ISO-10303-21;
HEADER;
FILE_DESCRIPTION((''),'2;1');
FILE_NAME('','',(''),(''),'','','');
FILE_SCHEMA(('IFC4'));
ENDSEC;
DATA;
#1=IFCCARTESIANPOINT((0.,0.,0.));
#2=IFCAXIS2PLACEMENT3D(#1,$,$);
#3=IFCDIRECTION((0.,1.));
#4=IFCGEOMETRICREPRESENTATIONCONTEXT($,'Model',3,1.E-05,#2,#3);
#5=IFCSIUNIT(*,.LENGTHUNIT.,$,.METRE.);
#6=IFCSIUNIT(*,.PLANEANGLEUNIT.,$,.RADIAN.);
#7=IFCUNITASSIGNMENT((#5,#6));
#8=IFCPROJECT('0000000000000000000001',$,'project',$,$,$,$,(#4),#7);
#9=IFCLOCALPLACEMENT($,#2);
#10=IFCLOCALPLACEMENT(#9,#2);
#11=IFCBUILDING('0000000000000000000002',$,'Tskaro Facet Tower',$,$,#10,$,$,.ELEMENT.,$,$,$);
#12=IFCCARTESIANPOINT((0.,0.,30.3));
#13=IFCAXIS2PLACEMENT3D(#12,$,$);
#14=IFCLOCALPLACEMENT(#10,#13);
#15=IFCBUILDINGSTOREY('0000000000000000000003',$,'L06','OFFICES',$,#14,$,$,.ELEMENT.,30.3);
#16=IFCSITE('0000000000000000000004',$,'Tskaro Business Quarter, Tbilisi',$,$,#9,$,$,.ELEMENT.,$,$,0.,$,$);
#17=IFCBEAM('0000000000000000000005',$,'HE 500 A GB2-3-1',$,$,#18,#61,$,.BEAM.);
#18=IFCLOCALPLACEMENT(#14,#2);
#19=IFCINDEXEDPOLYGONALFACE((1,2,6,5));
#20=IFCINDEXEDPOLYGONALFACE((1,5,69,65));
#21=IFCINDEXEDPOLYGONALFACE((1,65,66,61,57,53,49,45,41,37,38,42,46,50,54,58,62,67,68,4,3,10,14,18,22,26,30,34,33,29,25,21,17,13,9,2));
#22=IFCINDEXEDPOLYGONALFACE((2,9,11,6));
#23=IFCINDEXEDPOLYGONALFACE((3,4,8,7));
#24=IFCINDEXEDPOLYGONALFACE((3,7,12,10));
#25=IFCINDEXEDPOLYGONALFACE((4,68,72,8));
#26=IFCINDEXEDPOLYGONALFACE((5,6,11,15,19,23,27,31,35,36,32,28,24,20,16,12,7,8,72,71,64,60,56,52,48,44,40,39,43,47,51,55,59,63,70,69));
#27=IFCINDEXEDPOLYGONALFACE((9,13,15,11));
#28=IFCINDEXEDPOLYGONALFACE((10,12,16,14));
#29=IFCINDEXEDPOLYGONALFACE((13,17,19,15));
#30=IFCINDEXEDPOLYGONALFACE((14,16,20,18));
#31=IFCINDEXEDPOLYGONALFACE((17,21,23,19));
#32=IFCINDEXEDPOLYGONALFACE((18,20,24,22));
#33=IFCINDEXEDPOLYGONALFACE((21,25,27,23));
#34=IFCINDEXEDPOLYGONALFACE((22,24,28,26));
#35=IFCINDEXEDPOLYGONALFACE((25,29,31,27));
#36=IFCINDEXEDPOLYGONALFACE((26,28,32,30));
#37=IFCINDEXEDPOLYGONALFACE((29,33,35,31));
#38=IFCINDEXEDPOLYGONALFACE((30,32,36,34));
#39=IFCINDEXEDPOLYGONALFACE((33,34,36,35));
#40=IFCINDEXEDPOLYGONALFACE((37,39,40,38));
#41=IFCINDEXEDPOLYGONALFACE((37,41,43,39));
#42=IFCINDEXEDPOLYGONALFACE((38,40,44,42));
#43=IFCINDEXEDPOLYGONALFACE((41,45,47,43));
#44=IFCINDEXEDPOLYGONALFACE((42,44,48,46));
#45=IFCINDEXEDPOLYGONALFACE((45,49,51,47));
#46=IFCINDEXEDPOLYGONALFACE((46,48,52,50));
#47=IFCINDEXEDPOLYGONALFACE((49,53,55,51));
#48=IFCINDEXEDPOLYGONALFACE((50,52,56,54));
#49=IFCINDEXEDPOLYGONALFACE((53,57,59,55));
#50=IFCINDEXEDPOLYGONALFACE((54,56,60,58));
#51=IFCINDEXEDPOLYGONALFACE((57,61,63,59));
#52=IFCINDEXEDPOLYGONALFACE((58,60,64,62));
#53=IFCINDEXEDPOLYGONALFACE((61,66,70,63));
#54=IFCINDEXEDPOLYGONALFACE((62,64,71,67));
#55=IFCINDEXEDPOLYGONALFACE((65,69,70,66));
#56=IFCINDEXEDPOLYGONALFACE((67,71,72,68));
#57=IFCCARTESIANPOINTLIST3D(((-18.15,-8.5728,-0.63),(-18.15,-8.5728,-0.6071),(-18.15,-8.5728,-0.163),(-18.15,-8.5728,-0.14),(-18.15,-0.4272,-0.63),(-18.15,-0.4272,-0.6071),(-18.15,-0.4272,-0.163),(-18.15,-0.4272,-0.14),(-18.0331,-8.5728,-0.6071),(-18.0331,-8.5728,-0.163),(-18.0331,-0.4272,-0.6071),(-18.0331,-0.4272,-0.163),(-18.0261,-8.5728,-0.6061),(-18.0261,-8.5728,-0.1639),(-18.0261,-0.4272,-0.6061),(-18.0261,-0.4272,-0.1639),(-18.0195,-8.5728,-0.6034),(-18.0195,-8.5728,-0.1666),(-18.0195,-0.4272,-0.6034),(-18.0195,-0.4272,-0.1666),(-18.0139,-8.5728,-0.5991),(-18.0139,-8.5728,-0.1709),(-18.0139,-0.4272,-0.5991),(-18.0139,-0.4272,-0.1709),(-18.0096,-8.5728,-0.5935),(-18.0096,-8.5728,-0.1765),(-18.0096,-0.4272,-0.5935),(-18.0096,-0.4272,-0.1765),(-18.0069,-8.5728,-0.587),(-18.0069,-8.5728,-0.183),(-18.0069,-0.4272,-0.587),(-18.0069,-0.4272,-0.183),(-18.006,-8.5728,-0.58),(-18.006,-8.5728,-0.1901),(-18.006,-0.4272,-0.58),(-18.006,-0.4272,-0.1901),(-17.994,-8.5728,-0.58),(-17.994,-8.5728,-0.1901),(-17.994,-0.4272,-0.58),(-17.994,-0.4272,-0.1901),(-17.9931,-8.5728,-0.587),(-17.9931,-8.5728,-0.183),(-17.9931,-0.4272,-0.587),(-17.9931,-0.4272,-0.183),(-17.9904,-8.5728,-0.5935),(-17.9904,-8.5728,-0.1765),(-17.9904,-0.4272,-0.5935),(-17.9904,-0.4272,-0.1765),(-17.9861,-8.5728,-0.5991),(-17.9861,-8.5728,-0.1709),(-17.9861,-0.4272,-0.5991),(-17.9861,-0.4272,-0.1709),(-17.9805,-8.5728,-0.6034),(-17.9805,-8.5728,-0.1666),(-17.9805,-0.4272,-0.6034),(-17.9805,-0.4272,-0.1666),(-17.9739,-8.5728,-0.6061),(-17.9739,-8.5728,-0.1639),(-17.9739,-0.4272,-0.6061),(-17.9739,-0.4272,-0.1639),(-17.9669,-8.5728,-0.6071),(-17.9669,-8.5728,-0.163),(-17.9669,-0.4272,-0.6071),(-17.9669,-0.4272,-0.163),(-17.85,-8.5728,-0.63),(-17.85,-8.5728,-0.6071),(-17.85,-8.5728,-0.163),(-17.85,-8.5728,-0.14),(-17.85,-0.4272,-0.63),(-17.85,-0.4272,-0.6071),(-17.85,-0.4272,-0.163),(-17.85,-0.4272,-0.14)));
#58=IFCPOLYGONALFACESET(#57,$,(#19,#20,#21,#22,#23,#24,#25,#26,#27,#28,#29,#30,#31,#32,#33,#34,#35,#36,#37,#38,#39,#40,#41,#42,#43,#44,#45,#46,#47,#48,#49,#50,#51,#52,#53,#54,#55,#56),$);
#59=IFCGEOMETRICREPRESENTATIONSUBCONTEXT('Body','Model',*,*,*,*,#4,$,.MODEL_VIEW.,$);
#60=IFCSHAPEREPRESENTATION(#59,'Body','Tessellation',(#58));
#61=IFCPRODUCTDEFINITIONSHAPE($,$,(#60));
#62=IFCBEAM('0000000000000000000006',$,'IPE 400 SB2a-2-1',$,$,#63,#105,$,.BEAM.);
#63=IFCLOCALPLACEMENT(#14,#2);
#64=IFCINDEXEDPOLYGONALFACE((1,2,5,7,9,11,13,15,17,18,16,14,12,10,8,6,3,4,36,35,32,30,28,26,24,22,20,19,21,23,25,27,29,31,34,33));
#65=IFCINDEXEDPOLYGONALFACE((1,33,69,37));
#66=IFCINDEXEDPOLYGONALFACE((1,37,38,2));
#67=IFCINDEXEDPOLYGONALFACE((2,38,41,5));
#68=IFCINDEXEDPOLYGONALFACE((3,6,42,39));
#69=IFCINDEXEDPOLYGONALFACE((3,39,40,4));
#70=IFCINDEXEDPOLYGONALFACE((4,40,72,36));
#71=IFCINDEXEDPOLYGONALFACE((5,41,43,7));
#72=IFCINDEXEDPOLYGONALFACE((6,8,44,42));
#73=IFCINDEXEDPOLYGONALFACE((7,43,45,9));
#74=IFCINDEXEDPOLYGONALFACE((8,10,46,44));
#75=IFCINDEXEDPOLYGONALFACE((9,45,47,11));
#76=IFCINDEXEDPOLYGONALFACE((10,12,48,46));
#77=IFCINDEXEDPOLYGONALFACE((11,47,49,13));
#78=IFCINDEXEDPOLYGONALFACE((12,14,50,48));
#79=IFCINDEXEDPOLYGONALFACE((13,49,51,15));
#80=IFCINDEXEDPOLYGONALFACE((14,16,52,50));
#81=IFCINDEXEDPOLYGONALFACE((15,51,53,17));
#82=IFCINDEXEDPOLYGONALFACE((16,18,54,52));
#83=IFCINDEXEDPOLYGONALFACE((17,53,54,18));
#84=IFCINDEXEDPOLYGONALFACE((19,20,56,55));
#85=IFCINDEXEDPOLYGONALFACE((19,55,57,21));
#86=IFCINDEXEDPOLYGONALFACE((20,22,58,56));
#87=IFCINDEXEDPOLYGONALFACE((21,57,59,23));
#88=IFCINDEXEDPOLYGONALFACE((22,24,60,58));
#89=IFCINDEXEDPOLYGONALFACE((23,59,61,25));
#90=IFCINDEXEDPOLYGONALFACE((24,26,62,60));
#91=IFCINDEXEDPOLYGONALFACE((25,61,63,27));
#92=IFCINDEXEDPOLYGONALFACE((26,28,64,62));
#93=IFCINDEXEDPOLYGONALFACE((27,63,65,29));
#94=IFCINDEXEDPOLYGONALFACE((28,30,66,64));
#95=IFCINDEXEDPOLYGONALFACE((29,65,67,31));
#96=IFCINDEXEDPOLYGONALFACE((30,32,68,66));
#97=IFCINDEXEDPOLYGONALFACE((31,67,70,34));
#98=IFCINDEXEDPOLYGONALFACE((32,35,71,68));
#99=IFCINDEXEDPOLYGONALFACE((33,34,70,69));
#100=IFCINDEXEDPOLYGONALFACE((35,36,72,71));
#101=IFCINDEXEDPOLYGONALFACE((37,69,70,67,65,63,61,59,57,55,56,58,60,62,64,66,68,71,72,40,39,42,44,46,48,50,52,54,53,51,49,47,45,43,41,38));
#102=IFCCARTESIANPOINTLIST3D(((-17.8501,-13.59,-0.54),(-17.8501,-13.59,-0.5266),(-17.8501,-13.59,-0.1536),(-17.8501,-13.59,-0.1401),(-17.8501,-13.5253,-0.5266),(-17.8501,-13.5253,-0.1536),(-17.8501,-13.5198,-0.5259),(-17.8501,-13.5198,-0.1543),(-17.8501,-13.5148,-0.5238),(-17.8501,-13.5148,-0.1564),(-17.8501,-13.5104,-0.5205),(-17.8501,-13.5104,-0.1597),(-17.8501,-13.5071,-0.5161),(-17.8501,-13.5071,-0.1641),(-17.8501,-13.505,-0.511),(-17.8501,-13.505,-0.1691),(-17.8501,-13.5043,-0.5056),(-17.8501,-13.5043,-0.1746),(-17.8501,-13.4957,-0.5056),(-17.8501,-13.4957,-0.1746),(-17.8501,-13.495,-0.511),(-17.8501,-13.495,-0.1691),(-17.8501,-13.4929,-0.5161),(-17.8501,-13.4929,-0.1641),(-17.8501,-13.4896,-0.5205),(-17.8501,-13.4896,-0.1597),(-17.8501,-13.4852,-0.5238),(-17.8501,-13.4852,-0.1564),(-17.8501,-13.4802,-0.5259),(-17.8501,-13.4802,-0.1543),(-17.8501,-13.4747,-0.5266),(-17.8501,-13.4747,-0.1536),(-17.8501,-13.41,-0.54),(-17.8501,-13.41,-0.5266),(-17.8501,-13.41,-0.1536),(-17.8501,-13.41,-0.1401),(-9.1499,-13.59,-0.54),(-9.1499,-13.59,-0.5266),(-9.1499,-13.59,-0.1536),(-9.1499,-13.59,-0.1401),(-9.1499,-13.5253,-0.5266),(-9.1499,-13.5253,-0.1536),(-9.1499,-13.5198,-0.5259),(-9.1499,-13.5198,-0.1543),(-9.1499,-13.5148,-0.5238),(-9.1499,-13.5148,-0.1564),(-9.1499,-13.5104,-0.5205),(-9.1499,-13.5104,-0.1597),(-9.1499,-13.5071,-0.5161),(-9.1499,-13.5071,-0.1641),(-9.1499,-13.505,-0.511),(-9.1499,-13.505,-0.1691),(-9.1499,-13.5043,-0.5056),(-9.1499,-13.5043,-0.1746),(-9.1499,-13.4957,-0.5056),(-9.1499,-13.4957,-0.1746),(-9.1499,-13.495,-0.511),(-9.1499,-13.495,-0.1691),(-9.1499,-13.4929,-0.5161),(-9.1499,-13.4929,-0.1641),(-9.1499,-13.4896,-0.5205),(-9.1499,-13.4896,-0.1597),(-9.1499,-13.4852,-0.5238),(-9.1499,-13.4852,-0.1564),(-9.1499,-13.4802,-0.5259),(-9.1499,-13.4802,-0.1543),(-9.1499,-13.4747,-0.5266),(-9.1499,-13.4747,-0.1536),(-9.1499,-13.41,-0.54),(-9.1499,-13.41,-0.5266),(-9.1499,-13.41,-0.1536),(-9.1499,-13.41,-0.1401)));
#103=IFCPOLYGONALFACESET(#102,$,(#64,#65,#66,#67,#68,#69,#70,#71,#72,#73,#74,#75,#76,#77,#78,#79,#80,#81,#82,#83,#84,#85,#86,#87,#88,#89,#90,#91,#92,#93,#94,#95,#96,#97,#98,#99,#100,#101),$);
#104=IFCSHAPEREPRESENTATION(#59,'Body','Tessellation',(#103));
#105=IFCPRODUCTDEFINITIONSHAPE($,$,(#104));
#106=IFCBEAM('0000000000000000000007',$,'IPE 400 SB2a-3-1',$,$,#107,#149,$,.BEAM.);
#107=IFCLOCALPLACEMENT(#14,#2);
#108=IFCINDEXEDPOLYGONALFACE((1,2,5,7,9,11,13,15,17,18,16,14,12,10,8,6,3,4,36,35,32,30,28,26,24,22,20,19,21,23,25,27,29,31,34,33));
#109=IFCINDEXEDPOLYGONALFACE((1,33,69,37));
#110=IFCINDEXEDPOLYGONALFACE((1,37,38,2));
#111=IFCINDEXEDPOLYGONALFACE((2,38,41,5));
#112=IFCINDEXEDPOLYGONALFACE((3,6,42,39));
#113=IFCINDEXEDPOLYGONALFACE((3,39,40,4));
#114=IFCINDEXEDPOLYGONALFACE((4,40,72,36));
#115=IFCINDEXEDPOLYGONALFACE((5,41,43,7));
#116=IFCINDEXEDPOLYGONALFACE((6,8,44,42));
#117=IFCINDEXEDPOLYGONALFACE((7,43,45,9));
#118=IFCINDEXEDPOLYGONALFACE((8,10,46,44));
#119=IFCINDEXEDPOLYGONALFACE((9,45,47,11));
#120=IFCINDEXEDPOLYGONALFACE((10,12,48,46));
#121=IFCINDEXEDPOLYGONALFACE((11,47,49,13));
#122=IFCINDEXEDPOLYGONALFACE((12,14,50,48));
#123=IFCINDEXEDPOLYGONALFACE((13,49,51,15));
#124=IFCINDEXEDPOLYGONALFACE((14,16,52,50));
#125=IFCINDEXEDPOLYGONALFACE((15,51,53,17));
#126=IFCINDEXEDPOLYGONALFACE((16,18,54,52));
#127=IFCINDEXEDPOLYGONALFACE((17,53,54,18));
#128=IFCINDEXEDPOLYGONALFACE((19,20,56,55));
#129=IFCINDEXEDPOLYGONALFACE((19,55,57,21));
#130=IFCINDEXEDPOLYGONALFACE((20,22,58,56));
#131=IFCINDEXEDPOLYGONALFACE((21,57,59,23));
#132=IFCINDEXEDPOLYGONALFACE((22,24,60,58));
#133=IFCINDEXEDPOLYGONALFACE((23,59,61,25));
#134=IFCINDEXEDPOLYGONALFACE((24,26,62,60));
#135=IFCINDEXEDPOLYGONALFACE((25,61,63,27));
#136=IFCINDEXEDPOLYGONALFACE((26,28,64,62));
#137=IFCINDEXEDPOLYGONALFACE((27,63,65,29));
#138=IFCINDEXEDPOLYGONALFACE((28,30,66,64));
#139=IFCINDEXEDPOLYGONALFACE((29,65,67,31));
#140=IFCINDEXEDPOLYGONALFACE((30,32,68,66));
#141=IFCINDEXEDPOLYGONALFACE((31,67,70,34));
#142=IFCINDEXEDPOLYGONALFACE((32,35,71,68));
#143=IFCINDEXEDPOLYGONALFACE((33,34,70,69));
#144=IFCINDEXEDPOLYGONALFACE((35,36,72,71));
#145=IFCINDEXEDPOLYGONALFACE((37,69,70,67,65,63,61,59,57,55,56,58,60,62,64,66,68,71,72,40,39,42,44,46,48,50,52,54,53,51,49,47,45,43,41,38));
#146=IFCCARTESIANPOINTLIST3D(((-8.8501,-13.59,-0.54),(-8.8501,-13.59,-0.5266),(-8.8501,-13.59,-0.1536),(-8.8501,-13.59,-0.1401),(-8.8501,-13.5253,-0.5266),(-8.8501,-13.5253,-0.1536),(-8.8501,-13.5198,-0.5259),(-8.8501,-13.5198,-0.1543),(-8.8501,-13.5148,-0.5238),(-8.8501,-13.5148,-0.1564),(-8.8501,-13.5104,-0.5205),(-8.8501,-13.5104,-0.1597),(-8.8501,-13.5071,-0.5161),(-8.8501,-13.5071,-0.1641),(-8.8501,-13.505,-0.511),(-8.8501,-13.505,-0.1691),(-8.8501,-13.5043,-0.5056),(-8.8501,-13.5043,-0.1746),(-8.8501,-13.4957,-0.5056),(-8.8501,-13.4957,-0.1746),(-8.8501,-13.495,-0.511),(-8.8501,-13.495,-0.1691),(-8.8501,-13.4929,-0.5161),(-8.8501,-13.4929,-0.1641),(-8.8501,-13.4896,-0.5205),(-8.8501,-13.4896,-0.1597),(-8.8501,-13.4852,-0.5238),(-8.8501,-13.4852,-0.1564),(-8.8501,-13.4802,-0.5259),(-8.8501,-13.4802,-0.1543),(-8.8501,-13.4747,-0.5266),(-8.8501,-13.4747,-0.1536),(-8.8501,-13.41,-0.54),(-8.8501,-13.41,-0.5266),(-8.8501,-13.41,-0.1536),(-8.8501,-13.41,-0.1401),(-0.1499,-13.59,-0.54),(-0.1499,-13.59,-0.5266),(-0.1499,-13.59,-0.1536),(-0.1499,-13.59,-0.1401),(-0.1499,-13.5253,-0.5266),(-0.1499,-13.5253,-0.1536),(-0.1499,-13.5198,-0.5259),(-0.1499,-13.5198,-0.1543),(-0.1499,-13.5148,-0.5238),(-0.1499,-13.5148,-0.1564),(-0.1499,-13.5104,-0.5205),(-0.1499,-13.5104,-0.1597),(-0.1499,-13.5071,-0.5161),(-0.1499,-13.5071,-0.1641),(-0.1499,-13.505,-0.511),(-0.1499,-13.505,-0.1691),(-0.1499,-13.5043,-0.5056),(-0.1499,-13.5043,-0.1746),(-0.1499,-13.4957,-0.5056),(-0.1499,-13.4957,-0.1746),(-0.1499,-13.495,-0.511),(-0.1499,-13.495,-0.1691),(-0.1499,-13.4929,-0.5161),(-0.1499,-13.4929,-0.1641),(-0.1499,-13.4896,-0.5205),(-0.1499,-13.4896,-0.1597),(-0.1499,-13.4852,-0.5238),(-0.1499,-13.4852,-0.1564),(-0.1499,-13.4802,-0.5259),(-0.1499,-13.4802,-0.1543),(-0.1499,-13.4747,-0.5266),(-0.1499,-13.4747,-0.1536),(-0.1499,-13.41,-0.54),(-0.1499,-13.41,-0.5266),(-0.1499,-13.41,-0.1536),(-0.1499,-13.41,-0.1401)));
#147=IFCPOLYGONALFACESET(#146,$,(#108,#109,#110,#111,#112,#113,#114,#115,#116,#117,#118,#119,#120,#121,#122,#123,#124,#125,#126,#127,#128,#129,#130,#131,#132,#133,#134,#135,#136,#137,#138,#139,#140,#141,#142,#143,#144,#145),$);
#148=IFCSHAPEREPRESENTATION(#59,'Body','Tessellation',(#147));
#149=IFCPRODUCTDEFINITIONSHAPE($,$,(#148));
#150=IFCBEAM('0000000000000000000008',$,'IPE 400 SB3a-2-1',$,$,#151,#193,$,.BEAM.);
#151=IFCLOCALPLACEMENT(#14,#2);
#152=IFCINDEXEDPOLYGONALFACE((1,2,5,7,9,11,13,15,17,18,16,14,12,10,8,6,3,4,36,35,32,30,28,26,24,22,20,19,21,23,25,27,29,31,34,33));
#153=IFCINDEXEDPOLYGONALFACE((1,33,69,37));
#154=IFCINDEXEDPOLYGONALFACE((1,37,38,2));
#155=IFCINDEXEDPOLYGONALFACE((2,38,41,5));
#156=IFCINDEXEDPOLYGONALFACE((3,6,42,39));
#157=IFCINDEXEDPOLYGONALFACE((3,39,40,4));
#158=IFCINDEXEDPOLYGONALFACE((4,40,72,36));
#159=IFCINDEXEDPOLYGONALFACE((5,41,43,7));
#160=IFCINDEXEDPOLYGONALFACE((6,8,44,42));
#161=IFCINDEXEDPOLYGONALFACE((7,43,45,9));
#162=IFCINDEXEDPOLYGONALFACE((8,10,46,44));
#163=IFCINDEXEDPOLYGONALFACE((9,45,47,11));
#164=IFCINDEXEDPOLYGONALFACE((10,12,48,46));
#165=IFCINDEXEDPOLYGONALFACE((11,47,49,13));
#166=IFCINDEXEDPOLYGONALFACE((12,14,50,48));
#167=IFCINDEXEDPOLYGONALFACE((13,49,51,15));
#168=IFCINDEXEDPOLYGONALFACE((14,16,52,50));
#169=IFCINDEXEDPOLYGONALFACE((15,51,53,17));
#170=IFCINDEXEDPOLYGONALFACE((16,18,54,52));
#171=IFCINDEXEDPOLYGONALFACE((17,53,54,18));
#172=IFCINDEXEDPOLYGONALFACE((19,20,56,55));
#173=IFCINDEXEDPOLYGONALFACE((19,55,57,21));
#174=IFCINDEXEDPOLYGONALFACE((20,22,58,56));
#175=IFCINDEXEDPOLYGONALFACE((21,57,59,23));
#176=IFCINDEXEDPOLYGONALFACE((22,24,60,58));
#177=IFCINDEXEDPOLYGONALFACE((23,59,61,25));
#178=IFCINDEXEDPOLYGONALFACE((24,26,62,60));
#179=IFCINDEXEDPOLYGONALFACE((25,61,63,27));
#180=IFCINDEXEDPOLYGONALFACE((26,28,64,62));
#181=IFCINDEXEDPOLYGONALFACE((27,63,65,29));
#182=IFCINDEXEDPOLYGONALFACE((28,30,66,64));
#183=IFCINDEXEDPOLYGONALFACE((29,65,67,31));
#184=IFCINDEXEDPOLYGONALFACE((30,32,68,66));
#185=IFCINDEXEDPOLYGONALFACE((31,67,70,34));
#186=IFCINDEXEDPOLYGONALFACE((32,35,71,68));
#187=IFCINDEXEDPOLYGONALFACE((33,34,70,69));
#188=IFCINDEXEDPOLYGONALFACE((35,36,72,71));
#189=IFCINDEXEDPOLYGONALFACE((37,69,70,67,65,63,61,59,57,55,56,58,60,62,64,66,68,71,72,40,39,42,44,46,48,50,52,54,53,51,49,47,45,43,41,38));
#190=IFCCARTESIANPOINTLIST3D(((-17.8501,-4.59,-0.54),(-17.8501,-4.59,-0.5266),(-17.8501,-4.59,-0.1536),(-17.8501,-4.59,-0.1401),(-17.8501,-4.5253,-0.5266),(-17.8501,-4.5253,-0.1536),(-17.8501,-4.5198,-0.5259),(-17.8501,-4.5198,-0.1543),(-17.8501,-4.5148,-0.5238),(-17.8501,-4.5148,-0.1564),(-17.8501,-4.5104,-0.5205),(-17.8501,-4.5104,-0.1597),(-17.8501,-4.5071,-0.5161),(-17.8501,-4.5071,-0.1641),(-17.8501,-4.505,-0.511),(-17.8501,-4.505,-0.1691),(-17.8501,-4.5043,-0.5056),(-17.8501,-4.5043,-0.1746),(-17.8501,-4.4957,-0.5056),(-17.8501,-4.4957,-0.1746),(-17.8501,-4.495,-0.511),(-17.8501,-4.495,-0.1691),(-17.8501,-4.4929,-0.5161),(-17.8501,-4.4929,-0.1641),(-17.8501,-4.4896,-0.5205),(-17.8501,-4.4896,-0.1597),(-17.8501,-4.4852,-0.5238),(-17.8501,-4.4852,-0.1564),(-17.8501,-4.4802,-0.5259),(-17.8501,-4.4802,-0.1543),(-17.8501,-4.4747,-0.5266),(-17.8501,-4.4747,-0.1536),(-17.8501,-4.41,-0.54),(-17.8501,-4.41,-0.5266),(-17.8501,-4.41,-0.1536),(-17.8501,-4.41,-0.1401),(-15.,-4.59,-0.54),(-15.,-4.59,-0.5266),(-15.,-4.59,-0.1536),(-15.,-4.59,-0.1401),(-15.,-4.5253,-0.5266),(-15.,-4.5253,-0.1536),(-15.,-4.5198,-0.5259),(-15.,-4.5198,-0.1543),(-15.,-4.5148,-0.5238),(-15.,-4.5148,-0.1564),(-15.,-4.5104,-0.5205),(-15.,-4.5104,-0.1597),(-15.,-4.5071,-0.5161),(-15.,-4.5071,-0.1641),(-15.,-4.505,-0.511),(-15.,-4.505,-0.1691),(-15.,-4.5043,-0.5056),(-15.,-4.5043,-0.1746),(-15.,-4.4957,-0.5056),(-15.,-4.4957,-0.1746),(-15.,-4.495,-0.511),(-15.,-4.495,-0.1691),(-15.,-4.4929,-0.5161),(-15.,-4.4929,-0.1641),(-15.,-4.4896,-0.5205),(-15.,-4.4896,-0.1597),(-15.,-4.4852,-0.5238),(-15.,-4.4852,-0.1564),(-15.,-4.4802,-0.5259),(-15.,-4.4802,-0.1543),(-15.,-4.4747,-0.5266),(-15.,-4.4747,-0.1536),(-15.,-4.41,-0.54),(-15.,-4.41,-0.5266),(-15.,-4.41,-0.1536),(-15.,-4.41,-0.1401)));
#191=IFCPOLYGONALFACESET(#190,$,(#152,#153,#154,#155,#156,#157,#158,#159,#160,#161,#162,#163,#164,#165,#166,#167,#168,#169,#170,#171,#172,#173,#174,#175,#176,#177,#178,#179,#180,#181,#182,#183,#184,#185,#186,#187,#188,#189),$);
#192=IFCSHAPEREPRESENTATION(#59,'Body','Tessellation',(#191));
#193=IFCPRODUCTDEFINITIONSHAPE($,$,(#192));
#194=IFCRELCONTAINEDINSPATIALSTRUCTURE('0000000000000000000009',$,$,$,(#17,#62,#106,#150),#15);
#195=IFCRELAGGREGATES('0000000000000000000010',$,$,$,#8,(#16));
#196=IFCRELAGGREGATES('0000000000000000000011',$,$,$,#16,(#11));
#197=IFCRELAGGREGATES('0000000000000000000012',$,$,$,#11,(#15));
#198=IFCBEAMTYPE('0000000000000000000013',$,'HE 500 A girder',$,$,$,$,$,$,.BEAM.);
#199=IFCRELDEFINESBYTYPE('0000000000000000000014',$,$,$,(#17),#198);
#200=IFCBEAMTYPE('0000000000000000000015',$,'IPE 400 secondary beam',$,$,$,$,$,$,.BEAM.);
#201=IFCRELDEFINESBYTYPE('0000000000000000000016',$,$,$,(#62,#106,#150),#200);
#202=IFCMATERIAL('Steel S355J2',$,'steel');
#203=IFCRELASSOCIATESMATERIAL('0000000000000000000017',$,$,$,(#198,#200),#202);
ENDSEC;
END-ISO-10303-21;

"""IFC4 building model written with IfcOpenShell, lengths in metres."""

from ifc_helpers import new_model, si_unit, direction, frame, origin, origin_2d, place, context, subcontext, project, spatial, i_section, extrude, material, material_profile, profile_set, type_object, element, save


model = new_model("IFC4")

# Units and contexts
model_context = context("Model", 3, precision=1e-05, world=origin(), true_north=direction((0.0, 1.0)))
body_context = subcontext(model_context, "Body", "Model", "MODEL_VIEW")
ifc_project = project(units=[si_unit("LENGTHUNIT", "METRE"), si_unit("PLANEANGLEUNIT", "RADIAN")], contexts=[model_context])

# Site, building, storey
site_placement = place(None, origin())
site = spatial("IfcSite", under=ifc_project, at=site_placement, Name="Tskaro Business Quarter, Tbilisi", CompositionType="ELEMENT", RefElevation=0.0)
building_placement = place(site_placement, origin())
building = spatial("IfcBuilding", under=site, at=building_placement, Name="Tskaro Facet Tower", CompositionType="ELEMENT")
storey_placement = place(building_placement, frame((0.0, 0.0, 30.3)))
storey = spatial("IfcBuildingStorey", under=building, at=storey_placement, Name="L06", Description="OFFICES", CompositionType="ELEMENT", Elevation=30.3)

# Beams
ifc_material_1 = material(Name="Steel S355J2", Category="steel")
ifc_material_profile_1 = material_profile(ifc_material_1, i_section(OverallWidth=0.3, OverallDepth=0.49, WebThickness=0.012, FlangeThickness=0.0229, FilletRadius=0.0271, at=origin_2d()), Name="HE 500 A")
ifc_profile_set_1 = profile_set([ifc_material_profile_1], Name="Steel S355J2")
beam_type_1 = type_object("IfcBeamType", Name="HE 500 A girder", PredefinedType="BEAM", material=ifc_profile_set_1)
beam_1_placement = place(storey_placement, frame((-18.0, -8.5728, -0.385), z_axis=(0.0, 1.0, 0.0), x_axis=(-1.0, 0.0, 0.0)))
element("IfcBeam", 1, at=beam_1_placement, inside=storey, type_object=beam_type_1, Name="HE 500 A GB2-3-1", PredefinedType="BEAM", context=body_context, shape_type="SweptSolid", body=[
    extrude(i_section(OverallWidth=0.3, OverallDepth=0.49, WebThickness=0.012, FlangeThickness=0.0229, FilletRadius=0.0271, at=origin_2d()), origin(), (0.0, 0.0, 1.0), 8.1455),
])
ifc_material_profile_2 = material_profile(ifc_material_1, i_section(OverallWidth=0.1799, OverallDepth=0.3999, WebThickness=0.0085, FlangeThickness=0.0134, FilletRadius=0.021, at=origin_2d()), Name="IPE 400")
ifc_profile_set_2 = profile_set([ifc_material_profile_2], Name="Steel S355J2")
beam_type_2 = type_object("IfcBeamType", Name="IPE 400 secondary beam", PredefinedType="BEAM", material=ifc_profile_set_2)
for number, where, z_axis, x_axis, name in (
    (2, (-17.8501, -13.5, -0.3401), (1.0, 0.0, 0.0), (0.0, 1.0, 0.0), "IPE 400 SB2a-2-1"),
    (3, (-8.8501, -13.5, -0.3401), (1.0, 0.0, 0.0), (0.0, 1.0, 0.0), "IPE 400 SB2a-3-1"),
):
    element("IfcBeam", number, at=place(storey_placement, frame(where, z_axis=z_axis, x_axis=x_axis)), inside=storey, type_object=beam_type_2, Name=name, PredefinedType="BEAM", context=body_context, shape_type="SweptSolid", body=[
        extrude(i_section(OverallWidth=0.1799, OverallDepth=0.3999, WebThickness=0.0085, FlangeThickness=0.0134, FilletRadius=0.021, at=origin_2d()), origin(), (0.0, 0.0, 1.0), 8.7002),
    ])
beam_2_placement = place(storey_placement, frame((-17.8501, -4.5, -0.3401), z_axis=(1.0, 0.0, 0.0), x_axis=(0.0, 1.0, 0.0)))
element("IfcBeam", 4, at=beam_2_placement, inside=storey, type_object=beam_type_2, Name="IPE 400 SB3a-2-1", PredefinedType="BEAM", context=body_context, shape_type="SweptSolid", body=[
    extrude(i_section(OverallWidth=0.1799, OverallDepth=0.3999, WebThickness=0.0085, FlangeThickness=0.0134, FilletRadius=0.021, at=origin_2d()), origin(), (0.0, 0.0, 1.0), 2.8501),
])

save(model, "model.ifc")
